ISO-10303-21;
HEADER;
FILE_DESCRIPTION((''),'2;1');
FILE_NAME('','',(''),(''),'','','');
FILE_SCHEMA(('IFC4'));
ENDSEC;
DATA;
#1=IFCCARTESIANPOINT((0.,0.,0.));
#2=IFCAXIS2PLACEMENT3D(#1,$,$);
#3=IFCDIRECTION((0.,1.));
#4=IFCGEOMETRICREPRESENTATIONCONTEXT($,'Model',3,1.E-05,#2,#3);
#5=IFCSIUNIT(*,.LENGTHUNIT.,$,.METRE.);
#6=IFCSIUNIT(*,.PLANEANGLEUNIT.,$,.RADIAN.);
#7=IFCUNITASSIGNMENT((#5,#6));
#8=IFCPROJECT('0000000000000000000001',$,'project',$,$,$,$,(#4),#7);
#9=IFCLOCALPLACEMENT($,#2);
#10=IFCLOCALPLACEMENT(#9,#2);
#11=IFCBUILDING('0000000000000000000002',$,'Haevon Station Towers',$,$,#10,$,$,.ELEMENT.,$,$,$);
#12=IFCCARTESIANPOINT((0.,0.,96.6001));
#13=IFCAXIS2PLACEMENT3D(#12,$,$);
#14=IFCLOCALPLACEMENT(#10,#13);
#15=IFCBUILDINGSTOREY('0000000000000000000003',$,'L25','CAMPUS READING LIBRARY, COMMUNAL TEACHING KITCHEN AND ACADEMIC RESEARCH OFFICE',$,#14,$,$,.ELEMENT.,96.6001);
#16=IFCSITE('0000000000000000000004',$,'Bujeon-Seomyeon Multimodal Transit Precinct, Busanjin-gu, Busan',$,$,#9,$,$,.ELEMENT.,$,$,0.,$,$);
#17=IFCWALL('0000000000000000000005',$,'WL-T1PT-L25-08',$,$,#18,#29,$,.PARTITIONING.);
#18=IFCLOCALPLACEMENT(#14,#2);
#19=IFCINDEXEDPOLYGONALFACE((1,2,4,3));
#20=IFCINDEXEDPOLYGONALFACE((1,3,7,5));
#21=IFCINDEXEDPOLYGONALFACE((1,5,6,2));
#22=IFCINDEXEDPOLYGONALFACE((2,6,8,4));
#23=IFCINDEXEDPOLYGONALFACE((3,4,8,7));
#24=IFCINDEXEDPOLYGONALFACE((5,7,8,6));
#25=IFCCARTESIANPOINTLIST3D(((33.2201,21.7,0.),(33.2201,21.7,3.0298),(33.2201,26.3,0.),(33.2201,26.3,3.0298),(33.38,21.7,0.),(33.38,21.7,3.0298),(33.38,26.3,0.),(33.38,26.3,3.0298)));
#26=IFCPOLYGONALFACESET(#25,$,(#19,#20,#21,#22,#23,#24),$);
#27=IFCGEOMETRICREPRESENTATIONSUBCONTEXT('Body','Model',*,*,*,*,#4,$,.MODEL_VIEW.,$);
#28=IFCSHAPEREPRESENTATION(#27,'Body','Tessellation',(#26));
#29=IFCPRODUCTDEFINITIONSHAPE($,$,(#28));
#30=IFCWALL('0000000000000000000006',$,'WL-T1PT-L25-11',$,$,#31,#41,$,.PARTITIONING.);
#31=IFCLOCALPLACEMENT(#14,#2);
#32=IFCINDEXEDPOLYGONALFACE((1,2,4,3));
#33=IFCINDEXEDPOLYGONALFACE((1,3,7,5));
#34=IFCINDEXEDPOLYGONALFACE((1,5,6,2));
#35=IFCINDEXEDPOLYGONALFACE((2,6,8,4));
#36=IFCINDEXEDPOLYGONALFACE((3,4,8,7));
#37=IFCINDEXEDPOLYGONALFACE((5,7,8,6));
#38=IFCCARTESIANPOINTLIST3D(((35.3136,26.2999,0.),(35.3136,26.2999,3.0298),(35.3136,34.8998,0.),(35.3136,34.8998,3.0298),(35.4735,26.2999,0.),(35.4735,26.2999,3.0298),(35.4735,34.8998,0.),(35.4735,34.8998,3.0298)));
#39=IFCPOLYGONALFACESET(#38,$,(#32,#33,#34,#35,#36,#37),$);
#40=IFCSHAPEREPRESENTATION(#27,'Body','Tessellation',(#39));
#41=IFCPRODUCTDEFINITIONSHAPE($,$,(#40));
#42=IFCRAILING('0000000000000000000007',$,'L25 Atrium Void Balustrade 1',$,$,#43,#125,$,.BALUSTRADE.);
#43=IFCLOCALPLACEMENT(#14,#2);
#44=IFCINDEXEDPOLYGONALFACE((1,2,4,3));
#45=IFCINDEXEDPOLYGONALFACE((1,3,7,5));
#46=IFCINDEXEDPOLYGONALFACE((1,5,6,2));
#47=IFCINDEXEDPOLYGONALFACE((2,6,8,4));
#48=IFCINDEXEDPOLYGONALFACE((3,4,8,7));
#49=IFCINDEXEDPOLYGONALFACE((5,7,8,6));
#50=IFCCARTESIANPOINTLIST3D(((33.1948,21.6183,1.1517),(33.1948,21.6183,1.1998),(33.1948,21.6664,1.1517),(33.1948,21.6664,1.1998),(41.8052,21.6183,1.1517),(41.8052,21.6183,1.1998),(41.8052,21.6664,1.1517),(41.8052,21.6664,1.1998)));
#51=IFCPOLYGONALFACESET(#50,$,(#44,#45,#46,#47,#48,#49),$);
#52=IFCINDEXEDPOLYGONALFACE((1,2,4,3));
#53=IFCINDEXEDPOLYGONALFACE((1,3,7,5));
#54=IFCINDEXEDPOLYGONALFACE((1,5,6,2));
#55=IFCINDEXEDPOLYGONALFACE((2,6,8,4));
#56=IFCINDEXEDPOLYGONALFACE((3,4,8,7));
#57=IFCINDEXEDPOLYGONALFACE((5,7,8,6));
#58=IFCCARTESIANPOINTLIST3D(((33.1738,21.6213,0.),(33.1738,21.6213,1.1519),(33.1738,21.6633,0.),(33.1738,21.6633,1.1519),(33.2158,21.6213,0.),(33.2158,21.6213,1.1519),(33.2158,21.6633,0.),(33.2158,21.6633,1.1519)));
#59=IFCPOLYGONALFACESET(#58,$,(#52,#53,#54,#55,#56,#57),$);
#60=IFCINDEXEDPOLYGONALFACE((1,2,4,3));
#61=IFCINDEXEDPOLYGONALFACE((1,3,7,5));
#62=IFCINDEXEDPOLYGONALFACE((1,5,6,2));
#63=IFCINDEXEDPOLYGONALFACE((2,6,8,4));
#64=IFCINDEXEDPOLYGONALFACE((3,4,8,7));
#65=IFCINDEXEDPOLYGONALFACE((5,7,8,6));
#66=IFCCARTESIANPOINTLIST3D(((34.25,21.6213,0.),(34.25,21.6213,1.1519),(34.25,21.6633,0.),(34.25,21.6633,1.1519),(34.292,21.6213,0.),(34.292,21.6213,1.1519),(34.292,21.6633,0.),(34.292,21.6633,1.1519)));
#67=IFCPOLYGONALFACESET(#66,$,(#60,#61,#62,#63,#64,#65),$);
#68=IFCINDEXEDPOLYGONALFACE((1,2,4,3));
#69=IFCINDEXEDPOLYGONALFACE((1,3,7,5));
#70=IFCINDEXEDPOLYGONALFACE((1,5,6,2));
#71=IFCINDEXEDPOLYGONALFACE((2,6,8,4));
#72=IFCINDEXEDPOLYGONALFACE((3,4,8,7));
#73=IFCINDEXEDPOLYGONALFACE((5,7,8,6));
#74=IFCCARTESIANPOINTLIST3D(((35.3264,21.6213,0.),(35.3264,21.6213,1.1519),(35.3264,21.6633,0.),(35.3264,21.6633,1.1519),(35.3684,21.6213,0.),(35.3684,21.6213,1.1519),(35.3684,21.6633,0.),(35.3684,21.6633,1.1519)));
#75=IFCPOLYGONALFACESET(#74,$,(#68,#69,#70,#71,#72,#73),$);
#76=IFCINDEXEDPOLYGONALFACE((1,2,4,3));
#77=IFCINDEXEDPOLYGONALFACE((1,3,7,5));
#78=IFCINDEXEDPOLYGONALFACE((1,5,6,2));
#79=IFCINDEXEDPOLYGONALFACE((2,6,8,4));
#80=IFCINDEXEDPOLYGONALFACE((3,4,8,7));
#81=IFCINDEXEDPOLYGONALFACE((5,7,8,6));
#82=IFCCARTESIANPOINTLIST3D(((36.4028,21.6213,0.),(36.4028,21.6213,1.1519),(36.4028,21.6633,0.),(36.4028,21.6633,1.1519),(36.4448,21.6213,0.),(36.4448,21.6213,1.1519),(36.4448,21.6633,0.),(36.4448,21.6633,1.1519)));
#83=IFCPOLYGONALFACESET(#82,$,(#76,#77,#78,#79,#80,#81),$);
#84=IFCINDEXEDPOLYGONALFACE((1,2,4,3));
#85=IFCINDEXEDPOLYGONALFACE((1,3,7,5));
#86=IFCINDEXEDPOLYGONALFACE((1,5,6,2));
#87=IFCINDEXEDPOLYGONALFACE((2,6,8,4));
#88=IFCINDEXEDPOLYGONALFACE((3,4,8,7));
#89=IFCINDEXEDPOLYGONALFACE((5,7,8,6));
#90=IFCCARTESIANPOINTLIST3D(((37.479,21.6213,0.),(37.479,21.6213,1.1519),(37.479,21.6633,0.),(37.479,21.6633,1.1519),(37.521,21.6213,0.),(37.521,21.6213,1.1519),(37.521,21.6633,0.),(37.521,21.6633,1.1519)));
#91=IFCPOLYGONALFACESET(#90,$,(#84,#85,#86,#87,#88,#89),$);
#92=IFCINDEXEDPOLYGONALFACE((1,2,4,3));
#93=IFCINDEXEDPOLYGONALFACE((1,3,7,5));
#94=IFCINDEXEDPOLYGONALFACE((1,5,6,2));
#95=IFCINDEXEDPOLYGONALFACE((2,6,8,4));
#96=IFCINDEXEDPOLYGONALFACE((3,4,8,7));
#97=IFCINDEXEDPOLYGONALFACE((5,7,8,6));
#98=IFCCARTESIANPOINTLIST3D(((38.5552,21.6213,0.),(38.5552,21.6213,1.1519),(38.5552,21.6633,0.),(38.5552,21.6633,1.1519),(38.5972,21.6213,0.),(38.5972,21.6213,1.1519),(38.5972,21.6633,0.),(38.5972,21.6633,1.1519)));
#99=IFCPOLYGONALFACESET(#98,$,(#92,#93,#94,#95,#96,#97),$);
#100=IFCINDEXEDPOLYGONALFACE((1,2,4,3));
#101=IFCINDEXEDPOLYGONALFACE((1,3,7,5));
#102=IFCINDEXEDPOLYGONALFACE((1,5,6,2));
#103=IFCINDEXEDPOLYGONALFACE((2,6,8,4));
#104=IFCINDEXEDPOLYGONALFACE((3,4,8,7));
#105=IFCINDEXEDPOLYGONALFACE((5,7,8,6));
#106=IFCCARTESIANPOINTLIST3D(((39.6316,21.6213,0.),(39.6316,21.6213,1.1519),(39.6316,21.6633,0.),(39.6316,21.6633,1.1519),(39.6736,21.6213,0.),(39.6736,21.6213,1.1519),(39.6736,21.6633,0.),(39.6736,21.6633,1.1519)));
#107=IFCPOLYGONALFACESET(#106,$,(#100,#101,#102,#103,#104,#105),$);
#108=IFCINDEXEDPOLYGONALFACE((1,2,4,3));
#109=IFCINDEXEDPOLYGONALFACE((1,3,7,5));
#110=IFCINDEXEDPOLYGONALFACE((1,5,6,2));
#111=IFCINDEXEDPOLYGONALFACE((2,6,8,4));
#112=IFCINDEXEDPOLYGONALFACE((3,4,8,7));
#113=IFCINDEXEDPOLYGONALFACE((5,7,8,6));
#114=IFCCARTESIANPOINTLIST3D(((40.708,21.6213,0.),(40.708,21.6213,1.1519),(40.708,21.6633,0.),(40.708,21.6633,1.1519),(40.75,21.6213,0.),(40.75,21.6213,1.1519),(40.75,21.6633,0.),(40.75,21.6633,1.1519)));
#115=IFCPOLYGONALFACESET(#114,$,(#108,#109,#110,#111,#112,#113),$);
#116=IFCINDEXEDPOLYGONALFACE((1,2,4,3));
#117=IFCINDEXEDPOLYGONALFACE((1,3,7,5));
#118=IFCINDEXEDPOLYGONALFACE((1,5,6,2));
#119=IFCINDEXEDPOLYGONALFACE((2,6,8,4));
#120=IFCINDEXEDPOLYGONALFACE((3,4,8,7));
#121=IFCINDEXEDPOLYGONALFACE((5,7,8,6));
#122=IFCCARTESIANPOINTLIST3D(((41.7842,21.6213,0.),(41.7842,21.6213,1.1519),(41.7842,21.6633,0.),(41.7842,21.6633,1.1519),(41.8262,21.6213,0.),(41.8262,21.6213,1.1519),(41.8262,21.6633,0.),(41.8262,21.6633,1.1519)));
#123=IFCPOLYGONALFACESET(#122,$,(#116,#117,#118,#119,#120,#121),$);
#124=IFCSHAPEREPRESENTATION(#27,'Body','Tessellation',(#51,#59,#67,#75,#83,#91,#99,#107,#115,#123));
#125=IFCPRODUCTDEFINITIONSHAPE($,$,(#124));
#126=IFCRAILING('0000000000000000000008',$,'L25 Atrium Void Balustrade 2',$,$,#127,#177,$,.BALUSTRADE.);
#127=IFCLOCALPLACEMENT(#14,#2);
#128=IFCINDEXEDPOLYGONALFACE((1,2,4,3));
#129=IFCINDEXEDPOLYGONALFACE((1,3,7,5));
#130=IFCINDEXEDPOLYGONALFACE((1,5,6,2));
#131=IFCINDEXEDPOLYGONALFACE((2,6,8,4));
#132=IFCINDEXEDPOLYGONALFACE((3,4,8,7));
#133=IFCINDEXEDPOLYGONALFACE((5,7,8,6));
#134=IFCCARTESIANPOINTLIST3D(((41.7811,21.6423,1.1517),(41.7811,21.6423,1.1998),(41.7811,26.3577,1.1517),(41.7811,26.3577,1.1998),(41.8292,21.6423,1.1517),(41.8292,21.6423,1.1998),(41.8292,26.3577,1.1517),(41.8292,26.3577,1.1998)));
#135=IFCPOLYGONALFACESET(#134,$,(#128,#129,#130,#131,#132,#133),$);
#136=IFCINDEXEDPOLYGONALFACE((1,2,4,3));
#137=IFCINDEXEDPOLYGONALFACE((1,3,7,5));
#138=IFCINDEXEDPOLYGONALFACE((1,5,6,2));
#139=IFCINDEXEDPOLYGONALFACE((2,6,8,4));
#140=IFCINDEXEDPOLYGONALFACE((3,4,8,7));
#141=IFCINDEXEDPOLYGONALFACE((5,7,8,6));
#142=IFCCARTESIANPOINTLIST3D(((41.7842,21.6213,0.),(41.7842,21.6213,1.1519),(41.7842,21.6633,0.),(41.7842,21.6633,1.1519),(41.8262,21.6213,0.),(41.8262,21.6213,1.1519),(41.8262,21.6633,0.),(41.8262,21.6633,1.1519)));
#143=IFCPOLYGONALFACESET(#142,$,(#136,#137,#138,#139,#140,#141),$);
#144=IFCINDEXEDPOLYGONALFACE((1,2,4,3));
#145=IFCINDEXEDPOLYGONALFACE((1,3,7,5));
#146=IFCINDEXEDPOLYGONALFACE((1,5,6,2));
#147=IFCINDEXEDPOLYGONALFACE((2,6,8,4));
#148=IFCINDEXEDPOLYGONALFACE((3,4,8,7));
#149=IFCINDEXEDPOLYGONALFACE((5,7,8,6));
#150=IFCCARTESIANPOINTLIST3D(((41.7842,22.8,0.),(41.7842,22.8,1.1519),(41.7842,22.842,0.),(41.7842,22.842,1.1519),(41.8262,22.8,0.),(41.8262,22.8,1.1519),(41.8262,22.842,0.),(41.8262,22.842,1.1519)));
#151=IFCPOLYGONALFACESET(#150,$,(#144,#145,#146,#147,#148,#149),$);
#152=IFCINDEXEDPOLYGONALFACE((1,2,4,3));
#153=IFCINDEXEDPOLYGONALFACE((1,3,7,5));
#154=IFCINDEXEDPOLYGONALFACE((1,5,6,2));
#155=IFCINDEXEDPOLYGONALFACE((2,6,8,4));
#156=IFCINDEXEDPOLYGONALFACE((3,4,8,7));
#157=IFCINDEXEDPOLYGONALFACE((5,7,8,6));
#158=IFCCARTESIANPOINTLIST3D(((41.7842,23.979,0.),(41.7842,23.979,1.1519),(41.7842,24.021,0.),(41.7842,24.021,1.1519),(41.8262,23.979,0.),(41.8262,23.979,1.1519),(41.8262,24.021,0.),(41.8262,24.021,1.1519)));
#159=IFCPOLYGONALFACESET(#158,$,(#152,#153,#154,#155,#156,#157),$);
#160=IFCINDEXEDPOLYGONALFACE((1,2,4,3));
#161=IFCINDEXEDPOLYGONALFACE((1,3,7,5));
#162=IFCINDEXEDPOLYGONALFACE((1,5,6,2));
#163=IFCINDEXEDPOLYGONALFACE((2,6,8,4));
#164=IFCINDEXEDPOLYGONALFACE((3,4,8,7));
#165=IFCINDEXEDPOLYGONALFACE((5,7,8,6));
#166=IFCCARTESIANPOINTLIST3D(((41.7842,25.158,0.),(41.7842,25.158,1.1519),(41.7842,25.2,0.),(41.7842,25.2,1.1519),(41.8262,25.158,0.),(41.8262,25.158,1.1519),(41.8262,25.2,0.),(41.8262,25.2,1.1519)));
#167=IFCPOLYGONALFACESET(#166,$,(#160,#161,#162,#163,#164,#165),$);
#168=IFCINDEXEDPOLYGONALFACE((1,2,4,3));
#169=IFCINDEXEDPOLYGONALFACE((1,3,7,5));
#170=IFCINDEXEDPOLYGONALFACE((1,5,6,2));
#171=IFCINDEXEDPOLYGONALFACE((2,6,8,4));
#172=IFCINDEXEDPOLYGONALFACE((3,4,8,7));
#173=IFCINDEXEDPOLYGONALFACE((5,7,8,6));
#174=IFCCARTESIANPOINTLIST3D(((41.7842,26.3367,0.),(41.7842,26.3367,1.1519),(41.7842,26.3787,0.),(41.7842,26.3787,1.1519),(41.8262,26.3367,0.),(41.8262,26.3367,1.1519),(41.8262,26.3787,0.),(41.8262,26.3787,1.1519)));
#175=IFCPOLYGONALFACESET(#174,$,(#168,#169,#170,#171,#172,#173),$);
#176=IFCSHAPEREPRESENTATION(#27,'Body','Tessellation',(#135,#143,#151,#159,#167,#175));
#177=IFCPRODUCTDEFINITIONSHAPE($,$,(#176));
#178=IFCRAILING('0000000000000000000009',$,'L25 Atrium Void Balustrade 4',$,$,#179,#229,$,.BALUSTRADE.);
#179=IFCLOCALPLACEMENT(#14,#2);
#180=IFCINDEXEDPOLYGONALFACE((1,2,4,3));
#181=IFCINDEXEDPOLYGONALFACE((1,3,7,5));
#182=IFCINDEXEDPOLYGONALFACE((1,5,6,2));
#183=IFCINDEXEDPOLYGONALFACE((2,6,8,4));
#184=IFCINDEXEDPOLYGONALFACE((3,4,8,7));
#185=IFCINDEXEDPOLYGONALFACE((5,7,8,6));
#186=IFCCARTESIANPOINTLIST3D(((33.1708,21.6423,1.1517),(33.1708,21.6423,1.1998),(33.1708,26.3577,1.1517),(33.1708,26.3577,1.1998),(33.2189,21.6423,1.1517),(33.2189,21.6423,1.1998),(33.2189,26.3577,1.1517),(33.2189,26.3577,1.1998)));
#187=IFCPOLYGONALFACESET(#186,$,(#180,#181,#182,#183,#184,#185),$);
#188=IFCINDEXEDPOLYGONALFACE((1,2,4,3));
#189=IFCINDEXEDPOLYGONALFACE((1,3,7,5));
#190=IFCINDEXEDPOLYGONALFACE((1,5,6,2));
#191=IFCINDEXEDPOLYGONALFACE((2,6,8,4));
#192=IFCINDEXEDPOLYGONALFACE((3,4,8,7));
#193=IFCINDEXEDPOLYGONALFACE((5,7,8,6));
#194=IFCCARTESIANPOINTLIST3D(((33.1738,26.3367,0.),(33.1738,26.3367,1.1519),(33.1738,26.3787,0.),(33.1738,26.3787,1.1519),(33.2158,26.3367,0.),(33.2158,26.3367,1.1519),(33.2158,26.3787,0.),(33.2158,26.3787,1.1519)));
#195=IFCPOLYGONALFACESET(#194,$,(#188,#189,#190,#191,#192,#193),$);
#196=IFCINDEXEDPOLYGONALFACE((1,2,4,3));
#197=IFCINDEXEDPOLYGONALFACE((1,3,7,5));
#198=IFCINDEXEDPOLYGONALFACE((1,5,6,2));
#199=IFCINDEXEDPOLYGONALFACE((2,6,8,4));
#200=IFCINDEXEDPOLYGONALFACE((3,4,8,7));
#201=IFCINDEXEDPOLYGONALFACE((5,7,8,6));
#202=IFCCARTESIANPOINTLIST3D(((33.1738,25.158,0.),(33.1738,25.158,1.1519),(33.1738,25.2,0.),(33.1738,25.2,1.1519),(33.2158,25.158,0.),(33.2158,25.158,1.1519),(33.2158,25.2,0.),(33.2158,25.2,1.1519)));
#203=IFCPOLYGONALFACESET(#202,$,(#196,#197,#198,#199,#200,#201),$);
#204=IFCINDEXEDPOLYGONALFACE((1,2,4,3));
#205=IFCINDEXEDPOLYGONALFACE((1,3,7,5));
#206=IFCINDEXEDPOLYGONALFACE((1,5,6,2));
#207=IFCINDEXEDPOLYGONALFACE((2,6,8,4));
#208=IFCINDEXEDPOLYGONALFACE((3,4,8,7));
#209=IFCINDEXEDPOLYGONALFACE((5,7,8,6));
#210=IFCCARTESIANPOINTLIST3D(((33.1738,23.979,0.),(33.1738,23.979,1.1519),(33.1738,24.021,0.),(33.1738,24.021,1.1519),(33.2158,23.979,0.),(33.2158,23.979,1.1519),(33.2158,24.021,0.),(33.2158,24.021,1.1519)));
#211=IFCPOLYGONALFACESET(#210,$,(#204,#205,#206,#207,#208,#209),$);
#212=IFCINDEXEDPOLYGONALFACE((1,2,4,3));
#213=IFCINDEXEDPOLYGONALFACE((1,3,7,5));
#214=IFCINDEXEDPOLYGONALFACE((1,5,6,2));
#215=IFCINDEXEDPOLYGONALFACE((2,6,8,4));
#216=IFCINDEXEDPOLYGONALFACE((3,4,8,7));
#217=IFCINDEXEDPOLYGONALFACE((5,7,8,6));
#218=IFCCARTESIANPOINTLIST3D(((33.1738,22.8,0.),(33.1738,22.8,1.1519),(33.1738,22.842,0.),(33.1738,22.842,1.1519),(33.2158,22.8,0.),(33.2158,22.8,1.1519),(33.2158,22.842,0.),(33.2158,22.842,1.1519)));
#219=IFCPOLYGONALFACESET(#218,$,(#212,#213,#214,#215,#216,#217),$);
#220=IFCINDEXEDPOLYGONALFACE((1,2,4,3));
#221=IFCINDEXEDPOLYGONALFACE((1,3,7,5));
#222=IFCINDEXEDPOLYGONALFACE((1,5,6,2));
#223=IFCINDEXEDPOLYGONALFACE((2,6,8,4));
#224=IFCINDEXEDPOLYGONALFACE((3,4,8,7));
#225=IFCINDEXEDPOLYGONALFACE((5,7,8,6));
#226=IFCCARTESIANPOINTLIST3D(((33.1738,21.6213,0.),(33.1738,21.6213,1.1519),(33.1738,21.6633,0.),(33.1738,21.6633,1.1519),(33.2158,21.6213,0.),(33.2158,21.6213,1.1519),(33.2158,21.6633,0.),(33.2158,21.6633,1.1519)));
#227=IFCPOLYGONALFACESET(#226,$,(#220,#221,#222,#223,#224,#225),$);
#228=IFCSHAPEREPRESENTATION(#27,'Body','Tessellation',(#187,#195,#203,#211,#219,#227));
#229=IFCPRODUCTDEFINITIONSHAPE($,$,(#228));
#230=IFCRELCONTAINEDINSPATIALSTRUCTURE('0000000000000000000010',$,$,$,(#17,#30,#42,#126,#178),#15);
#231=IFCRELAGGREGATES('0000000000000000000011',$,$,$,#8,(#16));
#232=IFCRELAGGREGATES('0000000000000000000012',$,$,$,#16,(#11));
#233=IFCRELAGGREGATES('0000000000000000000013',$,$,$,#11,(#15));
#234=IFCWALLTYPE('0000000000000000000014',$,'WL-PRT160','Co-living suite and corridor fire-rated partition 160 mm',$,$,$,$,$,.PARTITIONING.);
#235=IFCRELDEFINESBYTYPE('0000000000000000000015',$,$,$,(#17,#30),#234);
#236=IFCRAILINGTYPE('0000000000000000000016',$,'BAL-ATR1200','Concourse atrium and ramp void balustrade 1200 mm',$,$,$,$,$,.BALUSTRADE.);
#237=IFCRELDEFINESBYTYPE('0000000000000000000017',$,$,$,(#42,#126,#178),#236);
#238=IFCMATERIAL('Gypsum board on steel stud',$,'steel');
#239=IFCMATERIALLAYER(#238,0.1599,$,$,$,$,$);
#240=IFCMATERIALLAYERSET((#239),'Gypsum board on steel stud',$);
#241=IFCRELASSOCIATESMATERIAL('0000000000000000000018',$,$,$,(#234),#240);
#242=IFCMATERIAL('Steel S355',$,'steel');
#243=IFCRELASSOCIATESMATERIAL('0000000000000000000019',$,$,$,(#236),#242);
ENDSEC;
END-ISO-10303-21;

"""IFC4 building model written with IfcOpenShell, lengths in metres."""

from ifc_helpers import new_model, si_unit, direction, frame, frame_2d, origin, origin_2d, place, context, subcontext, project, spatial, rectangle, extrude, material, layer, layer_set, type_object, element, save


model = new_model("IFC4")

# Units and contexts
model_context = context("Model", 3, precision=1e-05, world=origin(), true_north=direction((0.0, 1.0)))
body_context = subcontext(model_context, "Body", "Model", "MODEL_VIEW")
ifc_project = project(units=[si_unit("LENGTHUNIT", "METRE"), si_unit("PLANEANGLEUNIT", "RADIAN")], contexts=[model_context])

# Site, building, storey
site_placement = place(None, origin())
site = spatial("IfcSite", under=ifc_project, at=site_placement, Name="Bujeon-Seomyeon Multimodal Transit Precinct, Busanjin-gu, Busan", CompositionType="ELEMENT", RefElevation=0.0)
building_placement = place(site_placement, origin())
building = spatial("IfcBuilding", under=site, at=building_placement, Name="Haevon Station Towers", CompositionType="ELEMENT")
storey_placement = place(building_placement, frame((0.0, 0.0, 96.6001)))
storey = spatial("IfcBuildingStorey", under=building, at=storey_placement, Name="L25", Description="CAMPUS READING LIBRARY, COMMUNAL TEACHING KITCHEN AND ACADEMIC RESEARCH OFFICE", CompositionType="ELEMENT", Elevation=96.6001)

# Shared definitions
ifc_material_1 = material(Name="Steel S355", Category="steel")

# Shared definitions
ifc_material_2 = material(Name="Gypsum board on steel stud", Category="steel")

# Walls
ifc_layer_1 = layer(ifc_material_2, 0.1599)
ifc_layer_set_1 = layer_set([ifc_layer_1], Name="Gypsum board on steel stud")
wall_type_1 = type_object("IfcWallType", Name="WL-PRT160", Description="Co-living suite and corridor fire-rated partition 160 mm", PredefinedType="PARTITIONING", material=ifc_layer_set_1)
wall_1_placement = place(storey_placement, frame((33.3, 21.7, 0.0), z_axis=(0.0, 0.0, 1.0), x_axis=(0.0, 1.0, 0.0)))
element("IfcWall", 1, at=wall_1_placement, inside=storey, type_object=wall_type_1, Name="WL-T1PT-L25-08", PredefinedType="PARTITIONING", context=body_context, shape_type="SweptSolid", body=[
    extrude(rectangle(XDim=4.6001, YDim=0.1599, at=frame_2d((2.3, 0.0))), origin(), (0.0, 0.0, 1.0), 3.0298),
])
wall_2_placement = place(storey_placement, frame((35.3936, 26.3, 0.0), z_axis=(0.0, 0.0, 1.0), x_axis=(0.0, 1.0, 0.0)))
element("IfcWall", 2, at=wall_2_placement, inside=storey, type_object=wall_type_1, Name="WL-T1PT-L25-11", PredefinedType="PARTITIONING", context=body_context, shape_type="SweptSolid", body=[
    extrude(rectangle(XDim=8.5999, YDim=0.1599, at=frame_2d((4.2998, 0.0))), origin(), (0.0, 0.0, 1.0), 3.0298),
])

# Railings
railing_type = type_object("IfcRailingType", Name="BAL-ATR1200", Description="Concourse atrium and ramp void balustrade 1200 mm", PredefinedType="BALUSTRADE", material=ifc_material_1)
railing_1_placement = place(storey_placement, frame((33.1948, 21.6423, 0.0)))
element("IfcRailing", 3, at=railing_1_placement, inside=storey, type_object=railing_type, Name="L25 Atrium Void Balustrade 1", PredefinedType="BALUSTRADE", context=body_context, shape_type="SweptSolid", body=[
    extrude(rectangle(XDim=0.0481, YDim=0.0481, at=origin_2d()), frame((0.0, 0.0, 1.1758), z_axis=(1.0, 0.0, 0.0), x_axis=(0.0, 1.0, 0.0)), (0.0, 0.0, 1.0), 8.6104),
    extrude(rectangle(XDim=0.042, YDim=0.042, at=origin_2d()), origin(), (0.0, 0.0, 1.0), 1.1519),
    extrude(rectangle(XDim=0.042, YDim=0.042, at=origin_2d()), frame((1.0762, 0.0, 0.0)), (0.0, 0.0, 1.0), 1.1519),
    extrude(rectangle(XDim=0.042, YDim=0.042, at=origin_2d()), frame((2.1526, 0.0, 0.0)), (0.0, 0.0, 1.0), 1.1519),
    extrude(rectangle(XDim=0.042, YDim=0.042, at=origin_2d()), frame((3.229, 0.0, 0.0)), (0.0, 0.0, 1.0), 1.1519),
    extrude(rectangle(XDim=0.042, YDim=0.042, at=origin_2d()), frame((4.3052, 0.0, 0.0)), (0.0, 0.0, 1.0), 1.1519),
    extrude(rectangle(XDim=0.042, YDim=0.042, at=origin_2d()), frame((5.3813, 0.0, 0.0)), (0.0, 0.0, 1.0), 1.1519),
    extrude(rectangle(XDim=0.042, YDim=0.042, at=origin_2d()), frame((6.4578, 0.0, 0.0)), (0.0, 0.0, 1.0), 1.1519),
    extrude(rectangle(XDim=0.042, YDim=0.042, at=origin_2d()), frame((7.5342, 0.0, 0.0)), (0.0, 0.0, 1.0), 1.1519),
    extrude(rectangle(XDim=0.042, YDim=0.042, at=origin_2d()), frame((8.6104, 0.0, 0.0)), (0.0, 0.0, 1.0), 1.1519),
])
railing_2_placement = place(storey_placement, frame((41.8052, 21.6423, 0.0)))
element("IfcRailing", 4, at=railing_2_placement, inside=storey, type_object=railing_type, Name="L25 Atrium Void Balustrade 2", PredefinedType="BALUSTRADE", context=body_context, shape_type="SweptSolid", body=[
    extrude(rectangle(XDim=0.0481, YDim=0.0481, at=origin_2d()), frame((0.0, 0.0, 1.1758), z_axis=(0.0, 1.0, 0.0), x_axis=(-1.0, 0.0, 0.0)), (0.0, 0.0, 1.0), 4.7153),
    extrude(rectangle(XDim=0.042, YDim=0.042, at=origin_2d()), origin(), (0.0, 0.0, 1.0), 1.1519),
    extrude(rectangle(XDim=0.042, YDim=0.042, at=origin_2d()), frame((0.0, 1.1787, 0.0)), (0.0, 0.0, 1.0), 1.1519),
    extrude(rectangle(XDim=0.042, YDim=0.042, at=origin_2d()), frame((0.0, 2.3577, 0.0)), (0.0, 0.0, 1.0), 1.1519),
    extrude(rectangle(XDim=0.042, YDim=0.042, at=origin_2d()), frame((0.0, 3.5366, 0.0)), (0.0, 0.0, 1.0), 1.1519),
    extrude(rectangle(XDim=0.042, YDim=0.042, at=origin_2d()), frame((0.0, 4.7153, 0.0)), (0.0, 0.0, 1.0), 1.1519),
])
railing_3_placement = place(storey_placement, frame((33.1948, 26.3577, 0.0)))
element("IfcRailing", 5, at=railing_3_placement, inside=storey, type_object=railing_type, Name="L25 Atrium Void Balustrade 4", PredefinedType="BALUSTRADE", context=body_context, shape_type="SweptSolid", body=[
    extrude(rectangle(XDim=0.0481, YDim=0.0481, at=origin_2d()), frame((0.0, 0.0, 1.1758), z_axis=(0.0, -1.0, 0.0), x_axis=(1.0, 0.0, 0.0)), (0.0, 0.0, 1.0), 4.7153),
    extrude(rectangle(XDim=0.042, YDim=0.042, at=origin_2d()), origin(), (0.0, 0.0, 1.0), 1.1519),
    extrude(rectangle(XDim=0.042, YDim=0.042, at=origin_2d()), frame((0.0, -1.1787, 0.0)), (0.0, 0.0, 1.0), 1.1519),
    extrude(rectangle(XDim=0.042, YDim=0.042, at=origin_2d()), frame((0.0, -2.3577, 0.0)), (0.0, 0.0, 1.0), 1.1519),
    extrude(rectangle(XDim=0.042, YDim=0.042, at=origin_2d()), frame((0.0, -3.5366, 0.0)), (0.0, 0.0, 1.0), 1.1519),
    extrude(rectangle(XDim=0.042, YDim=0.042, at=origin_2d()), frame((0.0, -4.7153, 0.0)), (0.0, 0.0, 1.0), 1.1519),
])

save(model, "model.ifc")
